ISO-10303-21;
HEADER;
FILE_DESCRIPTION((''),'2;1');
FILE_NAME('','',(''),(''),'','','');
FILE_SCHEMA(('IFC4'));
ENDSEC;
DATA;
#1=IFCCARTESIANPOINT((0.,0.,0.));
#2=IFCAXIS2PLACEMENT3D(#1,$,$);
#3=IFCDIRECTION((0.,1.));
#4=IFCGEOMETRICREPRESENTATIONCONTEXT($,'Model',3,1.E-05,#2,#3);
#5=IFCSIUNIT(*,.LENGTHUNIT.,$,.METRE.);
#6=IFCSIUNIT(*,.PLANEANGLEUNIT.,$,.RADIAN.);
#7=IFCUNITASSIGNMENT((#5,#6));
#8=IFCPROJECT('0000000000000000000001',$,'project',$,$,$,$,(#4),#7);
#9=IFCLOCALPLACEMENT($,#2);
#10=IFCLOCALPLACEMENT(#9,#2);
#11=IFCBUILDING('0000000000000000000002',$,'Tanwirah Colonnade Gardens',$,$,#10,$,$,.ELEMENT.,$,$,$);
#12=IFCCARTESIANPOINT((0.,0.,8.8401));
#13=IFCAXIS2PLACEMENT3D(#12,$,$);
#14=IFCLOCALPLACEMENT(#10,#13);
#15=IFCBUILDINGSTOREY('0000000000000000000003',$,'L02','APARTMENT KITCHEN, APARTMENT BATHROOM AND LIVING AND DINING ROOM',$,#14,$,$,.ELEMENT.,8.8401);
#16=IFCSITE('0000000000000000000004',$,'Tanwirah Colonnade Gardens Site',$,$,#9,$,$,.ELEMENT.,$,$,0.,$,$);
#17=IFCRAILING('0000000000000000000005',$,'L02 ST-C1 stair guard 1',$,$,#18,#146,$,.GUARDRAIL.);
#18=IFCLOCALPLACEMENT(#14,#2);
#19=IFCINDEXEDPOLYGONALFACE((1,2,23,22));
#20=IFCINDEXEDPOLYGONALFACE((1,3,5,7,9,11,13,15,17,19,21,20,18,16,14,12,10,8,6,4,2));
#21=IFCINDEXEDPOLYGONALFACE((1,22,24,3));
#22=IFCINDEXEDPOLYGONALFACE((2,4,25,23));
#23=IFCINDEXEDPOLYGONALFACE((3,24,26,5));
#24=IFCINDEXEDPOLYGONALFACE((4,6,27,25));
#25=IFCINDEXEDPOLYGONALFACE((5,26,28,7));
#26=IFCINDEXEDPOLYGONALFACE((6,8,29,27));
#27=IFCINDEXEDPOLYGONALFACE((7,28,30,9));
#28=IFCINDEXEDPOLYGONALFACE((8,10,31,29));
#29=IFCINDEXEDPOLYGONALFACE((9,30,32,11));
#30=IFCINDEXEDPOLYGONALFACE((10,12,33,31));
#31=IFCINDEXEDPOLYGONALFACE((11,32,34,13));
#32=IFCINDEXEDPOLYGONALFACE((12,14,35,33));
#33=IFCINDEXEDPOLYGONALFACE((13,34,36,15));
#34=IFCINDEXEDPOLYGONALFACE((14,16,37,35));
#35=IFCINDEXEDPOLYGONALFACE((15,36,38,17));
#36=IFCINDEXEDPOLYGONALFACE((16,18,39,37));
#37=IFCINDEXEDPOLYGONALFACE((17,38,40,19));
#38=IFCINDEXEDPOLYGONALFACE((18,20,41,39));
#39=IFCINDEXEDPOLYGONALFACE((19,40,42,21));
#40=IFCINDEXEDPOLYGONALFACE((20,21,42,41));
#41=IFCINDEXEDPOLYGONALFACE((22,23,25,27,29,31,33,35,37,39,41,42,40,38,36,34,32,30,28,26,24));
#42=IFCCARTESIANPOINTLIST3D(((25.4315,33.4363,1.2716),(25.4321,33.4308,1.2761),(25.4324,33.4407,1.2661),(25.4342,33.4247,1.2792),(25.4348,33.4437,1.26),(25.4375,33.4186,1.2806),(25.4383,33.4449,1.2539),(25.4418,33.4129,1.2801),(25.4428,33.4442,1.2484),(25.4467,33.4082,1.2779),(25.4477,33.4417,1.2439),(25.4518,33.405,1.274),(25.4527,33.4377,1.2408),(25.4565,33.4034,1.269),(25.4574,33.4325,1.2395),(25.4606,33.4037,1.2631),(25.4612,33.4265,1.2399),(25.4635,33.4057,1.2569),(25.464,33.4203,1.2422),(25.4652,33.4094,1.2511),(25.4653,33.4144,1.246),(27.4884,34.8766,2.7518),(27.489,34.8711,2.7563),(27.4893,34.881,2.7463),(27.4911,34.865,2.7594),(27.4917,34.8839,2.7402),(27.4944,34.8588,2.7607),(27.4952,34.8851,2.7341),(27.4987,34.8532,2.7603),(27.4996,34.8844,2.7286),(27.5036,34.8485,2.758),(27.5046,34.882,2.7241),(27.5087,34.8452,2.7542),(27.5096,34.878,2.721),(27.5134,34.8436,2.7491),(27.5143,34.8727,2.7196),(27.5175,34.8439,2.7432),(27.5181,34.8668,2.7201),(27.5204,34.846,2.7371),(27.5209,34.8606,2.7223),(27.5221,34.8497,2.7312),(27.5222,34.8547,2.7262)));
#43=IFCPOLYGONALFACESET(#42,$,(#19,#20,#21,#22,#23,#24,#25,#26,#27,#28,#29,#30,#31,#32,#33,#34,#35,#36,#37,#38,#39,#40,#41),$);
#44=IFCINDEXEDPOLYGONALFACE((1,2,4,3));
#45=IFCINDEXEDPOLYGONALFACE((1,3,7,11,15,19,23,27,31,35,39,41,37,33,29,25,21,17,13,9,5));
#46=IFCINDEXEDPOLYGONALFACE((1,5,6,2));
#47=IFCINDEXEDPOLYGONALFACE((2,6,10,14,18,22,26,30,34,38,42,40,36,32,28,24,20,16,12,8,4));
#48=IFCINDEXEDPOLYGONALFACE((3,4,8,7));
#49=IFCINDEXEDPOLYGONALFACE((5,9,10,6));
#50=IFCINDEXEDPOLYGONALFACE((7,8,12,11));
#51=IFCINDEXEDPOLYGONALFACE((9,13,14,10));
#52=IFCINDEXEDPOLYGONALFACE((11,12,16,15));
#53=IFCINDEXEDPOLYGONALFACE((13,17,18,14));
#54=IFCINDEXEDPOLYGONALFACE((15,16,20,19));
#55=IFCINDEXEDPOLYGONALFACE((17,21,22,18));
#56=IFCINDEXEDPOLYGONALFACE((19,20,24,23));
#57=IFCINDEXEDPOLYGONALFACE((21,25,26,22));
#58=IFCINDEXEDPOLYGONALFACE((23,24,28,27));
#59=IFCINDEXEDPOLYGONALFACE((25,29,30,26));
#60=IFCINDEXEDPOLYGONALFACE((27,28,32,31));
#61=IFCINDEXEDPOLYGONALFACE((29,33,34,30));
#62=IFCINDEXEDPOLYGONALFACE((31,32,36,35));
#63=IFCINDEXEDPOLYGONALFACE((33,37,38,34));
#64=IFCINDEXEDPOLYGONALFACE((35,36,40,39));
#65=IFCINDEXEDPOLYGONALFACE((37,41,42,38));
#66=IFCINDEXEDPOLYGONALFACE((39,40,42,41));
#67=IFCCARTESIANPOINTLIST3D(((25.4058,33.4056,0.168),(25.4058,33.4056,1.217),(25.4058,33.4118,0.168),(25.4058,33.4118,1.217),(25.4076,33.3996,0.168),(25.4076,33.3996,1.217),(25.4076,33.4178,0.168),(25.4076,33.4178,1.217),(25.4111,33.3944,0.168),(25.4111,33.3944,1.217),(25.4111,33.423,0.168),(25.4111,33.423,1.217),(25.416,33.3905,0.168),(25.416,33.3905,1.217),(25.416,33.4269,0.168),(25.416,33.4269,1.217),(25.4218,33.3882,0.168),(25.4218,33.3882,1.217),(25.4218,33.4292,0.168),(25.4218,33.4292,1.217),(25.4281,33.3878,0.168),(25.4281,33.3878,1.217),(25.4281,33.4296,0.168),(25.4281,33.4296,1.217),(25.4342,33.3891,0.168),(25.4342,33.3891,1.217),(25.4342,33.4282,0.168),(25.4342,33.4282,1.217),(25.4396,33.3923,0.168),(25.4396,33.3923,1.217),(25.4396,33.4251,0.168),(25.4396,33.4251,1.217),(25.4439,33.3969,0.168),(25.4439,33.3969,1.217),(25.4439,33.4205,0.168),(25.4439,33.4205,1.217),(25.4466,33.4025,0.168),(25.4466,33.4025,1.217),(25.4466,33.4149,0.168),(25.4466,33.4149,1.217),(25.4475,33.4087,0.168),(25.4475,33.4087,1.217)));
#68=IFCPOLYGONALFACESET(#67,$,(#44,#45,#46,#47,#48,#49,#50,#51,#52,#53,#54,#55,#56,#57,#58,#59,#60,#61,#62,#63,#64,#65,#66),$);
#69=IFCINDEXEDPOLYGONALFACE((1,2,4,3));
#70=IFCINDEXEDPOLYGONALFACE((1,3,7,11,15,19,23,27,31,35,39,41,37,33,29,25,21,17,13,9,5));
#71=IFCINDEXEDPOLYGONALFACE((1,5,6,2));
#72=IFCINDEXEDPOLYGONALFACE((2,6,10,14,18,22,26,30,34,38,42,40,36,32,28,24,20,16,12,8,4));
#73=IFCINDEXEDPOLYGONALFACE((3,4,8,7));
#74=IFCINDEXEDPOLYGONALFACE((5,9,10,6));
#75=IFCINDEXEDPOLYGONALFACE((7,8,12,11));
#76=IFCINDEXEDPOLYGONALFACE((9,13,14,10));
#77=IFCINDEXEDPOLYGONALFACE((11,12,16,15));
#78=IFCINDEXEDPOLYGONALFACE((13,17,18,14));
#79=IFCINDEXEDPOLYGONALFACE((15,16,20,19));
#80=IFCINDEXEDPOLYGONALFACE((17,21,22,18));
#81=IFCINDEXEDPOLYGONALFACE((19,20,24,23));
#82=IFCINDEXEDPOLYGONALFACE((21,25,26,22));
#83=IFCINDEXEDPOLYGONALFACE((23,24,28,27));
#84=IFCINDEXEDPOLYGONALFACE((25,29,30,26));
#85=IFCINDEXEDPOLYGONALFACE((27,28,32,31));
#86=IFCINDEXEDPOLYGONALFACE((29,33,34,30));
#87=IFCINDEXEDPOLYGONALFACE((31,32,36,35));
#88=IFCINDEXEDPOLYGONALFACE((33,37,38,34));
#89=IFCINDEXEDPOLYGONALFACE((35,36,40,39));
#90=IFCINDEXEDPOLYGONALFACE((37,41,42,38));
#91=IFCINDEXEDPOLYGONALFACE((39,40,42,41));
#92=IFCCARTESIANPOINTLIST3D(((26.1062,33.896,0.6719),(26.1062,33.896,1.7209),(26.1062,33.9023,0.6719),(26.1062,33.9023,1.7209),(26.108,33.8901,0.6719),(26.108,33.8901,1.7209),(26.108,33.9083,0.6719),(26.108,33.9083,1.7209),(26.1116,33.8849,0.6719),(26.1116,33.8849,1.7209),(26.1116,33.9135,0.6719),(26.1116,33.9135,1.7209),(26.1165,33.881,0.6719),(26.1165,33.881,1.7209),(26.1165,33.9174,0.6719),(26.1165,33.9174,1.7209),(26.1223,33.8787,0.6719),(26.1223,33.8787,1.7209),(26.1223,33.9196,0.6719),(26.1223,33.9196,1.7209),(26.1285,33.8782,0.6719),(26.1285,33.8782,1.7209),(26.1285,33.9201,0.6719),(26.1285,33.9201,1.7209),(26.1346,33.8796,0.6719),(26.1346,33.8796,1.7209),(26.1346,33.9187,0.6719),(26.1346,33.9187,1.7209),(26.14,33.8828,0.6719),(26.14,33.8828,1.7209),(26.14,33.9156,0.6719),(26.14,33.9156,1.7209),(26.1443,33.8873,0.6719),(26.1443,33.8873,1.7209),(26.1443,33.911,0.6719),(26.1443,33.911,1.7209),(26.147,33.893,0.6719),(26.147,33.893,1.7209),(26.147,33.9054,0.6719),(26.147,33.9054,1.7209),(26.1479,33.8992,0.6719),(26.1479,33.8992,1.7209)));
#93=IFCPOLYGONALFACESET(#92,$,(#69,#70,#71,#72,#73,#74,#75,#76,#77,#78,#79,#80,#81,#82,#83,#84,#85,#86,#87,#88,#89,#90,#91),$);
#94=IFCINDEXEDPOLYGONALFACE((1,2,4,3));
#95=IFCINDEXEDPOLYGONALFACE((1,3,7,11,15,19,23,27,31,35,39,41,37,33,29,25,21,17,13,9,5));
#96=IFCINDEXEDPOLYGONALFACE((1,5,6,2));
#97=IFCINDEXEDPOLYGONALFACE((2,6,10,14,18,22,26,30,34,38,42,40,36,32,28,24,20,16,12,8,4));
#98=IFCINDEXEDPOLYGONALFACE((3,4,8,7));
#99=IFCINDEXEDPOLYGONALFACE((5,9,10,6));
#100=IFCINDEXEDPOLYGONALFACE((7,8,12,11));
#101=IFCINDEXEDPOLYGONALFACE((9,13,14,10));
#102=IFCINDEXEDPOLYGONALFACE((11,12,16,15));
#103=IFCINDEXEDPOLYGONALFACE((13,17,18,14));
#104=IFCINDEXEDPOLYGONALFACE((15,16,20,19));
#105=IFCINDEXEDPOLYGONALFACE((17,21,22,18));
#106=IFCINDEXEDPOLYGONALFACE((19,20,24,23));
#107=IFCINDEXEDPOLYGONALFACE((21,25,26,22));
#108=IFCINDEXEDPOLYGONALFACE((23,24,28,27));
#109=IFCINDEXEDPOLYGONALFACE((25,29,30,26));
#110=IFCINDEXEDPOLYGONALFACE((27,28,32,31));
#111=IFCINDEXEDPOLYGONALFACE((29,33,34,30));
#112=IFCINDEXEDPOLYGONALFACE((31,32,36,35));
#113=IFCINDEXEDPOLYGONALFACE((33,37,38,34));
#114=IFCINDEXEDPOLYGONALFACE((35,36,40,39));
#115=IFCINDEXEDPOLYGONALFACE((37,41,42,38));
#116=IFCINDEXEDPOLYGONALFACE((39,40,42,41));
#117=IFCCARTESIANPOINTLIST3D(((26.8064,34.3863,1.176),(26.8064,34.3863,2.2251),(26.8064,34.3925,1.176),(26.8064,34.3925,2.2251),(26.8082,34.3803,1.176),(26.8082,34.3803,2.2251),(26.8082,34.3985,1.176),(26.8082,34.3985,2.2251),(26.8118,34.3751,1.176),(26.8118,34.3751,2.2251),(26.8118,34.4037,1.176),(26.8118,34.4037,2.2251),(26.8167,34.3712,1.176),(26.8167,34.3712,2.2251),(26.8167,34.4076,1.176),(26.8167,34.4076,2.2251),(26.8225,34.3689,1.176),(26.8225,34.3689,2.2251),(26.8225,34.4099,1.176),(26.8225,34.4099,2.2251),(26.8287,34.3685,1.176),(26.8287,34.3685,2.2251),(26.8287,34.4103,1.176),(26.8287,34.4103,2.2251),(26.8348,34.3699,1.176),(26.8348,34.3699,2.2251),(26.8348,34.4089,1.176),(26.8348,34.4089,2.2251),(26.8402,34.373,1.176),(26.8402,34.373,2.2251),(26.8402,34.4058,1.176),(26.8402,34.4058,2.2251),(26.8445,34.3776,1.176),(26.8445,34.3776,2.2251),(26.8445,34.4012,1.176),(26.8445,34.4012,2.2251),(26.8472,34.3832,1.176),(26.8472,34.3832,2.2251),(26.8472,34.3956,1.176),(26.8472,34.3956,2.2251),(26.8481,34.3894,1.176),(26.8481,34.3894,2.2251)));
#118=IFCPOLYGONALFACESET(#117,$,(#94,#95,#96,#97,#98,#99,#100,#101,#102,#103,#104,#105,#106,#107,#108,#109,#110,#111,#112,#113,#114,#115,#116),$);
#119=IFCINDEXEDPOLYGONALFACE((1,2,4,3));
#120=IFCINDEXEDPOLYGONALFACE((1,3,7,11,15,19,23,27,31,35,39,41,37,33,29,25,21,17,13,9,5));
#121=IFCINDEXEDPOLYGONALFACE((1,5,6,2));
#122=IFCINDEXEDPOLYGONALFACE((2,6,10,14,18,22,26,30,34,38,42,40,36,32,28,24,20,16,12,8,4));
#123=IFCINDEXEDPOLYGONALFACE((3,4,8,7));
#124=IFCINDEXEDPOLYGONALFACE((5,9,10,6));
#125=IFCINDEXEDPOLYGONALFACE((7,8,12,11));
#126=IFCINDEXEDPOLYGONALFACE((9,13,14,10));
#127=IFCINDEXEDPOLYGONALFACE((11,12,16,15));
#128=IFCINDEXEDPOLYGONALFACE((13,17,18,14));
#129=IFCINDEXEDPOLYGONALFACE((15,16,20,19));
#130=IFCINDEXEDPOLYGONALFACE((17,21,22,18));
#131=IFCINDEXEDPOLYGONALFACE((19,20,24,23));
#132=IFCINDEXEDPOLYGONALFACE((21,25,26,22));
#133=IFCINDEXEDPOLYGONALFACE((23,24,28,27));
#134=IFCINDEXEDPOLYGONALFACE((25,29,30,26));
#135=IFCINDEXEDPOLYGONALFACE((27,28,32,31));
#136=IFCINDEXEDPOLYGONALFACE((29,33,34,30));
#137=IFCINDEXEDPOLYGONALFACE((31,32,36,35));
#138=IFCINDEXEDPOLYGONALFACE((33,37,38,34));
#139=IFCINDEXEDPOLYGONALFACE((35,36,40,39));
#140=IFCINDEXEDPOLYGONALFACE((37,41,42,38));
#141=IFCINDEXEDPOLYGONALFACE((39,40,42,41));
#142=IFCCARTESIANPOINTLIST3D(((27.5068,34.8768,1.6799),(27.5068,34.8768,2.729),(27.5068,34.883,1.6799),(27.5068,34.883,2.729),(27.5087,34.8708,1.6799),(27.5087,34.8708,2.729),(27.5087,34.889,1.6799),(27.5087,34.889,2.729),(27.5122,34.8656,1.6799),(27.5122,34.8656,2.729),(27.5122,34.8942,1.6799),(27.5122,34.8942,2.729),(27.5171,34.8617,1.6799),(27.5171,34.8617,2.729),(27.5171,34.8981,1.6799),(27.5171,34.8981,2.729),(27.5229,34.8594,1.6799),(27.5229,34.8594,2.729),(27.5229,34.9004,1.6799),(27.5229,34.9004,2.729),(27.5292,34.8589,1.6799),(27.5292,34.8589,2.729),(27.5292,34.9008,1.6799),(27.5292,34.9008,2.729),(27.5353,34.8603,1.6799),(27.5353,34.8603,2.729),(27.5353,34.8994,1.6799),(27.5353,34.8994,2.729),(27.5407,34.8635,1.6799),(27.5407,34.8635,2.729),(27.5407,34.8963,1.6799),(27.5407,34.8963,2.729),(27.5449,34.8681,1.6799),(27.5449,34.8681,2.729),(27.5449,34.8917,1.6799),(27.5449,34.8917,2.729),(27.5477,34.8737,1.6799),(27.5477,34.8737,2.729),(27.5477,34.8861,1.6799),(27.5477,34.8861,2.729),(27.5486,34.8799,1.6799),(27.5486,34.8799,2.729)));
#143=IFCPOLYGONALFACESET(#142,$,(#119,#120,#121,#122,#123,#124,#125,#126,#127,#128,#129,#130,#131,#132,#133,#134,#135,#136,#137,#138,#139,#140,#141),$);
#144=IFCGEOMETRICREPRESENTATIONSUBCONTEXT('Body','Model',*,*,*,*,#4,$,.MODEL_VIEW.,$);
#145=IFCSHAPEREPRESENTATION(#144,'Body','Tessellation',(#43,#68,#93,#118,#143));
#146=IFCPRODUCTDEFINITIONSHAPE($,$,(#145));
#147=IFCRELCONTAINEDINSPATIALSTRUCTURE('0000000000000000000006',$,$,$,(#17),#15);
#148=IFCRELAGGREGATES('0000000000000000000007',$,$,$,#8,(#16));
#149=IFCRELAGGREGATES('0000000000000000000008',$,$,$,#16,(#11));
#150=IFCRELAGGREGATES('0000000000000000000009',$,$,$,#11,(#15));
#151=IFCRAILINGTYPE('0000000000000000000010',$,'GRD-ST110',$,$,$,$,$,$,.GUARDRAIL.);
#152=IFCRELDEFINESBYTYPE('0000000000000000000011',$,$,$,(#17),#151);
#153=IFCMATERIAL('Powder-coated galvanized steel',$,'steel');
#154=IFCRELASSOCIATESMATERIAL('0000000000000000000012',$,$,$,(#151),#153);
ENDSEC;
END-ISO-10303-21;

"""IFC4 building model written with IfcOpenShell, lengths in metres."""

from ifc_helpers import new_model, si_unit, direction, frame, origin, origin_2d, place, context, subcontext, project, spatial, circle, extrude, material, type_object, element, save


model = new_model("IFC4")

# Units and contexts
model_context = context("Model", 3, precision=1e-05, world=origin(), true_north=direction((0.0, 1.0)))
body_context = subcontext(model_context, "Body", "Model", "MODEL_VIEW")
ifc_project = project(units=[si_unit("LENGTHUNIT", "METRE"), si_unit("PLANEANGLEUNIT", "RADIAN")], contexts=[model_context])

# Site, building, storey
site_placement = place(None, origin())
site = spatial("IfcSite", under=ifc_project, at=site_placement, Name="Tanwirah Colonnade Gardens Site", CompositionType="ELEMENT", RefElevation=0.0)
building_placement = place(site_placement, origin())
building = spatial("IfcBuilding", under=site, at=building_placement, Name="Tanwirah Colonnade Gardens", CompositionType="ELEMENT")
storey_placement = place(building_placement, frame((0.0, 0.0, 8.8401)))
storey = spatial("IfcBuildingStorey", under=building, at=storey_placement, Name="L02", Description="APARTMENT KITCHEN, APARTMENT BATHROOM AND LIVING AND DINING ROOM", CompositionType="ELEMENT", Elevation=8.8401)

# Railing
ifc_material_1 = material(Name="Powder-coated galvanized steel", Category="steel")
railing_type_1 = type_object("IfcRailingType", Name="GRD-ST110", PredefinedType="GUARDRAIL", material=ifc_material_1)
railing_1_placement = place(storey_placement, frame((25.4265, 33.4087, 0.168)))
element("IfcRailing", 1, at=railing_1_placement, inside=storey, type_object=railing_type_1, Name="L02 ST-C1 stair guard 1", PredefinedType="GUARDRAIL", context=body_context, shape_type="SweptSolid", body=[
    extrude(circle(Radius=0.0239, at=origin_2d()), frame((0.022, 0.0154, 1.092), z_axis=(0.705673, 0.494118, 0.507812), x_axis=(-0.573577, 0.819151, 0.0)), (0.0, 0.0, 1.0), 2.9148),
    extrude(circle(Radius=0.021, at=origin_2d()), origin(), (0.0, 0.0, 1.0), 1.0491),
    extrude(circle(Radius=0.021, at=origin_2d()), frame((0.7004, 0.4905, 0.5039)), (0.0, 0.0, 1.0), 1.0491),
    extrude(circle(Radius=0.021, at=origin_2d()), frame((1.4006, 0.9807, 1.0081)), (0.0, 0.0, 1.0), 1.0491),
    extrude(circle(Radius=0.021, at=origin_2d()), frame((2.1011, 1.4712, 1.512)), (0.0, 0.0, 1.0), 1.0491),
])

save(model, "model.ifc")
